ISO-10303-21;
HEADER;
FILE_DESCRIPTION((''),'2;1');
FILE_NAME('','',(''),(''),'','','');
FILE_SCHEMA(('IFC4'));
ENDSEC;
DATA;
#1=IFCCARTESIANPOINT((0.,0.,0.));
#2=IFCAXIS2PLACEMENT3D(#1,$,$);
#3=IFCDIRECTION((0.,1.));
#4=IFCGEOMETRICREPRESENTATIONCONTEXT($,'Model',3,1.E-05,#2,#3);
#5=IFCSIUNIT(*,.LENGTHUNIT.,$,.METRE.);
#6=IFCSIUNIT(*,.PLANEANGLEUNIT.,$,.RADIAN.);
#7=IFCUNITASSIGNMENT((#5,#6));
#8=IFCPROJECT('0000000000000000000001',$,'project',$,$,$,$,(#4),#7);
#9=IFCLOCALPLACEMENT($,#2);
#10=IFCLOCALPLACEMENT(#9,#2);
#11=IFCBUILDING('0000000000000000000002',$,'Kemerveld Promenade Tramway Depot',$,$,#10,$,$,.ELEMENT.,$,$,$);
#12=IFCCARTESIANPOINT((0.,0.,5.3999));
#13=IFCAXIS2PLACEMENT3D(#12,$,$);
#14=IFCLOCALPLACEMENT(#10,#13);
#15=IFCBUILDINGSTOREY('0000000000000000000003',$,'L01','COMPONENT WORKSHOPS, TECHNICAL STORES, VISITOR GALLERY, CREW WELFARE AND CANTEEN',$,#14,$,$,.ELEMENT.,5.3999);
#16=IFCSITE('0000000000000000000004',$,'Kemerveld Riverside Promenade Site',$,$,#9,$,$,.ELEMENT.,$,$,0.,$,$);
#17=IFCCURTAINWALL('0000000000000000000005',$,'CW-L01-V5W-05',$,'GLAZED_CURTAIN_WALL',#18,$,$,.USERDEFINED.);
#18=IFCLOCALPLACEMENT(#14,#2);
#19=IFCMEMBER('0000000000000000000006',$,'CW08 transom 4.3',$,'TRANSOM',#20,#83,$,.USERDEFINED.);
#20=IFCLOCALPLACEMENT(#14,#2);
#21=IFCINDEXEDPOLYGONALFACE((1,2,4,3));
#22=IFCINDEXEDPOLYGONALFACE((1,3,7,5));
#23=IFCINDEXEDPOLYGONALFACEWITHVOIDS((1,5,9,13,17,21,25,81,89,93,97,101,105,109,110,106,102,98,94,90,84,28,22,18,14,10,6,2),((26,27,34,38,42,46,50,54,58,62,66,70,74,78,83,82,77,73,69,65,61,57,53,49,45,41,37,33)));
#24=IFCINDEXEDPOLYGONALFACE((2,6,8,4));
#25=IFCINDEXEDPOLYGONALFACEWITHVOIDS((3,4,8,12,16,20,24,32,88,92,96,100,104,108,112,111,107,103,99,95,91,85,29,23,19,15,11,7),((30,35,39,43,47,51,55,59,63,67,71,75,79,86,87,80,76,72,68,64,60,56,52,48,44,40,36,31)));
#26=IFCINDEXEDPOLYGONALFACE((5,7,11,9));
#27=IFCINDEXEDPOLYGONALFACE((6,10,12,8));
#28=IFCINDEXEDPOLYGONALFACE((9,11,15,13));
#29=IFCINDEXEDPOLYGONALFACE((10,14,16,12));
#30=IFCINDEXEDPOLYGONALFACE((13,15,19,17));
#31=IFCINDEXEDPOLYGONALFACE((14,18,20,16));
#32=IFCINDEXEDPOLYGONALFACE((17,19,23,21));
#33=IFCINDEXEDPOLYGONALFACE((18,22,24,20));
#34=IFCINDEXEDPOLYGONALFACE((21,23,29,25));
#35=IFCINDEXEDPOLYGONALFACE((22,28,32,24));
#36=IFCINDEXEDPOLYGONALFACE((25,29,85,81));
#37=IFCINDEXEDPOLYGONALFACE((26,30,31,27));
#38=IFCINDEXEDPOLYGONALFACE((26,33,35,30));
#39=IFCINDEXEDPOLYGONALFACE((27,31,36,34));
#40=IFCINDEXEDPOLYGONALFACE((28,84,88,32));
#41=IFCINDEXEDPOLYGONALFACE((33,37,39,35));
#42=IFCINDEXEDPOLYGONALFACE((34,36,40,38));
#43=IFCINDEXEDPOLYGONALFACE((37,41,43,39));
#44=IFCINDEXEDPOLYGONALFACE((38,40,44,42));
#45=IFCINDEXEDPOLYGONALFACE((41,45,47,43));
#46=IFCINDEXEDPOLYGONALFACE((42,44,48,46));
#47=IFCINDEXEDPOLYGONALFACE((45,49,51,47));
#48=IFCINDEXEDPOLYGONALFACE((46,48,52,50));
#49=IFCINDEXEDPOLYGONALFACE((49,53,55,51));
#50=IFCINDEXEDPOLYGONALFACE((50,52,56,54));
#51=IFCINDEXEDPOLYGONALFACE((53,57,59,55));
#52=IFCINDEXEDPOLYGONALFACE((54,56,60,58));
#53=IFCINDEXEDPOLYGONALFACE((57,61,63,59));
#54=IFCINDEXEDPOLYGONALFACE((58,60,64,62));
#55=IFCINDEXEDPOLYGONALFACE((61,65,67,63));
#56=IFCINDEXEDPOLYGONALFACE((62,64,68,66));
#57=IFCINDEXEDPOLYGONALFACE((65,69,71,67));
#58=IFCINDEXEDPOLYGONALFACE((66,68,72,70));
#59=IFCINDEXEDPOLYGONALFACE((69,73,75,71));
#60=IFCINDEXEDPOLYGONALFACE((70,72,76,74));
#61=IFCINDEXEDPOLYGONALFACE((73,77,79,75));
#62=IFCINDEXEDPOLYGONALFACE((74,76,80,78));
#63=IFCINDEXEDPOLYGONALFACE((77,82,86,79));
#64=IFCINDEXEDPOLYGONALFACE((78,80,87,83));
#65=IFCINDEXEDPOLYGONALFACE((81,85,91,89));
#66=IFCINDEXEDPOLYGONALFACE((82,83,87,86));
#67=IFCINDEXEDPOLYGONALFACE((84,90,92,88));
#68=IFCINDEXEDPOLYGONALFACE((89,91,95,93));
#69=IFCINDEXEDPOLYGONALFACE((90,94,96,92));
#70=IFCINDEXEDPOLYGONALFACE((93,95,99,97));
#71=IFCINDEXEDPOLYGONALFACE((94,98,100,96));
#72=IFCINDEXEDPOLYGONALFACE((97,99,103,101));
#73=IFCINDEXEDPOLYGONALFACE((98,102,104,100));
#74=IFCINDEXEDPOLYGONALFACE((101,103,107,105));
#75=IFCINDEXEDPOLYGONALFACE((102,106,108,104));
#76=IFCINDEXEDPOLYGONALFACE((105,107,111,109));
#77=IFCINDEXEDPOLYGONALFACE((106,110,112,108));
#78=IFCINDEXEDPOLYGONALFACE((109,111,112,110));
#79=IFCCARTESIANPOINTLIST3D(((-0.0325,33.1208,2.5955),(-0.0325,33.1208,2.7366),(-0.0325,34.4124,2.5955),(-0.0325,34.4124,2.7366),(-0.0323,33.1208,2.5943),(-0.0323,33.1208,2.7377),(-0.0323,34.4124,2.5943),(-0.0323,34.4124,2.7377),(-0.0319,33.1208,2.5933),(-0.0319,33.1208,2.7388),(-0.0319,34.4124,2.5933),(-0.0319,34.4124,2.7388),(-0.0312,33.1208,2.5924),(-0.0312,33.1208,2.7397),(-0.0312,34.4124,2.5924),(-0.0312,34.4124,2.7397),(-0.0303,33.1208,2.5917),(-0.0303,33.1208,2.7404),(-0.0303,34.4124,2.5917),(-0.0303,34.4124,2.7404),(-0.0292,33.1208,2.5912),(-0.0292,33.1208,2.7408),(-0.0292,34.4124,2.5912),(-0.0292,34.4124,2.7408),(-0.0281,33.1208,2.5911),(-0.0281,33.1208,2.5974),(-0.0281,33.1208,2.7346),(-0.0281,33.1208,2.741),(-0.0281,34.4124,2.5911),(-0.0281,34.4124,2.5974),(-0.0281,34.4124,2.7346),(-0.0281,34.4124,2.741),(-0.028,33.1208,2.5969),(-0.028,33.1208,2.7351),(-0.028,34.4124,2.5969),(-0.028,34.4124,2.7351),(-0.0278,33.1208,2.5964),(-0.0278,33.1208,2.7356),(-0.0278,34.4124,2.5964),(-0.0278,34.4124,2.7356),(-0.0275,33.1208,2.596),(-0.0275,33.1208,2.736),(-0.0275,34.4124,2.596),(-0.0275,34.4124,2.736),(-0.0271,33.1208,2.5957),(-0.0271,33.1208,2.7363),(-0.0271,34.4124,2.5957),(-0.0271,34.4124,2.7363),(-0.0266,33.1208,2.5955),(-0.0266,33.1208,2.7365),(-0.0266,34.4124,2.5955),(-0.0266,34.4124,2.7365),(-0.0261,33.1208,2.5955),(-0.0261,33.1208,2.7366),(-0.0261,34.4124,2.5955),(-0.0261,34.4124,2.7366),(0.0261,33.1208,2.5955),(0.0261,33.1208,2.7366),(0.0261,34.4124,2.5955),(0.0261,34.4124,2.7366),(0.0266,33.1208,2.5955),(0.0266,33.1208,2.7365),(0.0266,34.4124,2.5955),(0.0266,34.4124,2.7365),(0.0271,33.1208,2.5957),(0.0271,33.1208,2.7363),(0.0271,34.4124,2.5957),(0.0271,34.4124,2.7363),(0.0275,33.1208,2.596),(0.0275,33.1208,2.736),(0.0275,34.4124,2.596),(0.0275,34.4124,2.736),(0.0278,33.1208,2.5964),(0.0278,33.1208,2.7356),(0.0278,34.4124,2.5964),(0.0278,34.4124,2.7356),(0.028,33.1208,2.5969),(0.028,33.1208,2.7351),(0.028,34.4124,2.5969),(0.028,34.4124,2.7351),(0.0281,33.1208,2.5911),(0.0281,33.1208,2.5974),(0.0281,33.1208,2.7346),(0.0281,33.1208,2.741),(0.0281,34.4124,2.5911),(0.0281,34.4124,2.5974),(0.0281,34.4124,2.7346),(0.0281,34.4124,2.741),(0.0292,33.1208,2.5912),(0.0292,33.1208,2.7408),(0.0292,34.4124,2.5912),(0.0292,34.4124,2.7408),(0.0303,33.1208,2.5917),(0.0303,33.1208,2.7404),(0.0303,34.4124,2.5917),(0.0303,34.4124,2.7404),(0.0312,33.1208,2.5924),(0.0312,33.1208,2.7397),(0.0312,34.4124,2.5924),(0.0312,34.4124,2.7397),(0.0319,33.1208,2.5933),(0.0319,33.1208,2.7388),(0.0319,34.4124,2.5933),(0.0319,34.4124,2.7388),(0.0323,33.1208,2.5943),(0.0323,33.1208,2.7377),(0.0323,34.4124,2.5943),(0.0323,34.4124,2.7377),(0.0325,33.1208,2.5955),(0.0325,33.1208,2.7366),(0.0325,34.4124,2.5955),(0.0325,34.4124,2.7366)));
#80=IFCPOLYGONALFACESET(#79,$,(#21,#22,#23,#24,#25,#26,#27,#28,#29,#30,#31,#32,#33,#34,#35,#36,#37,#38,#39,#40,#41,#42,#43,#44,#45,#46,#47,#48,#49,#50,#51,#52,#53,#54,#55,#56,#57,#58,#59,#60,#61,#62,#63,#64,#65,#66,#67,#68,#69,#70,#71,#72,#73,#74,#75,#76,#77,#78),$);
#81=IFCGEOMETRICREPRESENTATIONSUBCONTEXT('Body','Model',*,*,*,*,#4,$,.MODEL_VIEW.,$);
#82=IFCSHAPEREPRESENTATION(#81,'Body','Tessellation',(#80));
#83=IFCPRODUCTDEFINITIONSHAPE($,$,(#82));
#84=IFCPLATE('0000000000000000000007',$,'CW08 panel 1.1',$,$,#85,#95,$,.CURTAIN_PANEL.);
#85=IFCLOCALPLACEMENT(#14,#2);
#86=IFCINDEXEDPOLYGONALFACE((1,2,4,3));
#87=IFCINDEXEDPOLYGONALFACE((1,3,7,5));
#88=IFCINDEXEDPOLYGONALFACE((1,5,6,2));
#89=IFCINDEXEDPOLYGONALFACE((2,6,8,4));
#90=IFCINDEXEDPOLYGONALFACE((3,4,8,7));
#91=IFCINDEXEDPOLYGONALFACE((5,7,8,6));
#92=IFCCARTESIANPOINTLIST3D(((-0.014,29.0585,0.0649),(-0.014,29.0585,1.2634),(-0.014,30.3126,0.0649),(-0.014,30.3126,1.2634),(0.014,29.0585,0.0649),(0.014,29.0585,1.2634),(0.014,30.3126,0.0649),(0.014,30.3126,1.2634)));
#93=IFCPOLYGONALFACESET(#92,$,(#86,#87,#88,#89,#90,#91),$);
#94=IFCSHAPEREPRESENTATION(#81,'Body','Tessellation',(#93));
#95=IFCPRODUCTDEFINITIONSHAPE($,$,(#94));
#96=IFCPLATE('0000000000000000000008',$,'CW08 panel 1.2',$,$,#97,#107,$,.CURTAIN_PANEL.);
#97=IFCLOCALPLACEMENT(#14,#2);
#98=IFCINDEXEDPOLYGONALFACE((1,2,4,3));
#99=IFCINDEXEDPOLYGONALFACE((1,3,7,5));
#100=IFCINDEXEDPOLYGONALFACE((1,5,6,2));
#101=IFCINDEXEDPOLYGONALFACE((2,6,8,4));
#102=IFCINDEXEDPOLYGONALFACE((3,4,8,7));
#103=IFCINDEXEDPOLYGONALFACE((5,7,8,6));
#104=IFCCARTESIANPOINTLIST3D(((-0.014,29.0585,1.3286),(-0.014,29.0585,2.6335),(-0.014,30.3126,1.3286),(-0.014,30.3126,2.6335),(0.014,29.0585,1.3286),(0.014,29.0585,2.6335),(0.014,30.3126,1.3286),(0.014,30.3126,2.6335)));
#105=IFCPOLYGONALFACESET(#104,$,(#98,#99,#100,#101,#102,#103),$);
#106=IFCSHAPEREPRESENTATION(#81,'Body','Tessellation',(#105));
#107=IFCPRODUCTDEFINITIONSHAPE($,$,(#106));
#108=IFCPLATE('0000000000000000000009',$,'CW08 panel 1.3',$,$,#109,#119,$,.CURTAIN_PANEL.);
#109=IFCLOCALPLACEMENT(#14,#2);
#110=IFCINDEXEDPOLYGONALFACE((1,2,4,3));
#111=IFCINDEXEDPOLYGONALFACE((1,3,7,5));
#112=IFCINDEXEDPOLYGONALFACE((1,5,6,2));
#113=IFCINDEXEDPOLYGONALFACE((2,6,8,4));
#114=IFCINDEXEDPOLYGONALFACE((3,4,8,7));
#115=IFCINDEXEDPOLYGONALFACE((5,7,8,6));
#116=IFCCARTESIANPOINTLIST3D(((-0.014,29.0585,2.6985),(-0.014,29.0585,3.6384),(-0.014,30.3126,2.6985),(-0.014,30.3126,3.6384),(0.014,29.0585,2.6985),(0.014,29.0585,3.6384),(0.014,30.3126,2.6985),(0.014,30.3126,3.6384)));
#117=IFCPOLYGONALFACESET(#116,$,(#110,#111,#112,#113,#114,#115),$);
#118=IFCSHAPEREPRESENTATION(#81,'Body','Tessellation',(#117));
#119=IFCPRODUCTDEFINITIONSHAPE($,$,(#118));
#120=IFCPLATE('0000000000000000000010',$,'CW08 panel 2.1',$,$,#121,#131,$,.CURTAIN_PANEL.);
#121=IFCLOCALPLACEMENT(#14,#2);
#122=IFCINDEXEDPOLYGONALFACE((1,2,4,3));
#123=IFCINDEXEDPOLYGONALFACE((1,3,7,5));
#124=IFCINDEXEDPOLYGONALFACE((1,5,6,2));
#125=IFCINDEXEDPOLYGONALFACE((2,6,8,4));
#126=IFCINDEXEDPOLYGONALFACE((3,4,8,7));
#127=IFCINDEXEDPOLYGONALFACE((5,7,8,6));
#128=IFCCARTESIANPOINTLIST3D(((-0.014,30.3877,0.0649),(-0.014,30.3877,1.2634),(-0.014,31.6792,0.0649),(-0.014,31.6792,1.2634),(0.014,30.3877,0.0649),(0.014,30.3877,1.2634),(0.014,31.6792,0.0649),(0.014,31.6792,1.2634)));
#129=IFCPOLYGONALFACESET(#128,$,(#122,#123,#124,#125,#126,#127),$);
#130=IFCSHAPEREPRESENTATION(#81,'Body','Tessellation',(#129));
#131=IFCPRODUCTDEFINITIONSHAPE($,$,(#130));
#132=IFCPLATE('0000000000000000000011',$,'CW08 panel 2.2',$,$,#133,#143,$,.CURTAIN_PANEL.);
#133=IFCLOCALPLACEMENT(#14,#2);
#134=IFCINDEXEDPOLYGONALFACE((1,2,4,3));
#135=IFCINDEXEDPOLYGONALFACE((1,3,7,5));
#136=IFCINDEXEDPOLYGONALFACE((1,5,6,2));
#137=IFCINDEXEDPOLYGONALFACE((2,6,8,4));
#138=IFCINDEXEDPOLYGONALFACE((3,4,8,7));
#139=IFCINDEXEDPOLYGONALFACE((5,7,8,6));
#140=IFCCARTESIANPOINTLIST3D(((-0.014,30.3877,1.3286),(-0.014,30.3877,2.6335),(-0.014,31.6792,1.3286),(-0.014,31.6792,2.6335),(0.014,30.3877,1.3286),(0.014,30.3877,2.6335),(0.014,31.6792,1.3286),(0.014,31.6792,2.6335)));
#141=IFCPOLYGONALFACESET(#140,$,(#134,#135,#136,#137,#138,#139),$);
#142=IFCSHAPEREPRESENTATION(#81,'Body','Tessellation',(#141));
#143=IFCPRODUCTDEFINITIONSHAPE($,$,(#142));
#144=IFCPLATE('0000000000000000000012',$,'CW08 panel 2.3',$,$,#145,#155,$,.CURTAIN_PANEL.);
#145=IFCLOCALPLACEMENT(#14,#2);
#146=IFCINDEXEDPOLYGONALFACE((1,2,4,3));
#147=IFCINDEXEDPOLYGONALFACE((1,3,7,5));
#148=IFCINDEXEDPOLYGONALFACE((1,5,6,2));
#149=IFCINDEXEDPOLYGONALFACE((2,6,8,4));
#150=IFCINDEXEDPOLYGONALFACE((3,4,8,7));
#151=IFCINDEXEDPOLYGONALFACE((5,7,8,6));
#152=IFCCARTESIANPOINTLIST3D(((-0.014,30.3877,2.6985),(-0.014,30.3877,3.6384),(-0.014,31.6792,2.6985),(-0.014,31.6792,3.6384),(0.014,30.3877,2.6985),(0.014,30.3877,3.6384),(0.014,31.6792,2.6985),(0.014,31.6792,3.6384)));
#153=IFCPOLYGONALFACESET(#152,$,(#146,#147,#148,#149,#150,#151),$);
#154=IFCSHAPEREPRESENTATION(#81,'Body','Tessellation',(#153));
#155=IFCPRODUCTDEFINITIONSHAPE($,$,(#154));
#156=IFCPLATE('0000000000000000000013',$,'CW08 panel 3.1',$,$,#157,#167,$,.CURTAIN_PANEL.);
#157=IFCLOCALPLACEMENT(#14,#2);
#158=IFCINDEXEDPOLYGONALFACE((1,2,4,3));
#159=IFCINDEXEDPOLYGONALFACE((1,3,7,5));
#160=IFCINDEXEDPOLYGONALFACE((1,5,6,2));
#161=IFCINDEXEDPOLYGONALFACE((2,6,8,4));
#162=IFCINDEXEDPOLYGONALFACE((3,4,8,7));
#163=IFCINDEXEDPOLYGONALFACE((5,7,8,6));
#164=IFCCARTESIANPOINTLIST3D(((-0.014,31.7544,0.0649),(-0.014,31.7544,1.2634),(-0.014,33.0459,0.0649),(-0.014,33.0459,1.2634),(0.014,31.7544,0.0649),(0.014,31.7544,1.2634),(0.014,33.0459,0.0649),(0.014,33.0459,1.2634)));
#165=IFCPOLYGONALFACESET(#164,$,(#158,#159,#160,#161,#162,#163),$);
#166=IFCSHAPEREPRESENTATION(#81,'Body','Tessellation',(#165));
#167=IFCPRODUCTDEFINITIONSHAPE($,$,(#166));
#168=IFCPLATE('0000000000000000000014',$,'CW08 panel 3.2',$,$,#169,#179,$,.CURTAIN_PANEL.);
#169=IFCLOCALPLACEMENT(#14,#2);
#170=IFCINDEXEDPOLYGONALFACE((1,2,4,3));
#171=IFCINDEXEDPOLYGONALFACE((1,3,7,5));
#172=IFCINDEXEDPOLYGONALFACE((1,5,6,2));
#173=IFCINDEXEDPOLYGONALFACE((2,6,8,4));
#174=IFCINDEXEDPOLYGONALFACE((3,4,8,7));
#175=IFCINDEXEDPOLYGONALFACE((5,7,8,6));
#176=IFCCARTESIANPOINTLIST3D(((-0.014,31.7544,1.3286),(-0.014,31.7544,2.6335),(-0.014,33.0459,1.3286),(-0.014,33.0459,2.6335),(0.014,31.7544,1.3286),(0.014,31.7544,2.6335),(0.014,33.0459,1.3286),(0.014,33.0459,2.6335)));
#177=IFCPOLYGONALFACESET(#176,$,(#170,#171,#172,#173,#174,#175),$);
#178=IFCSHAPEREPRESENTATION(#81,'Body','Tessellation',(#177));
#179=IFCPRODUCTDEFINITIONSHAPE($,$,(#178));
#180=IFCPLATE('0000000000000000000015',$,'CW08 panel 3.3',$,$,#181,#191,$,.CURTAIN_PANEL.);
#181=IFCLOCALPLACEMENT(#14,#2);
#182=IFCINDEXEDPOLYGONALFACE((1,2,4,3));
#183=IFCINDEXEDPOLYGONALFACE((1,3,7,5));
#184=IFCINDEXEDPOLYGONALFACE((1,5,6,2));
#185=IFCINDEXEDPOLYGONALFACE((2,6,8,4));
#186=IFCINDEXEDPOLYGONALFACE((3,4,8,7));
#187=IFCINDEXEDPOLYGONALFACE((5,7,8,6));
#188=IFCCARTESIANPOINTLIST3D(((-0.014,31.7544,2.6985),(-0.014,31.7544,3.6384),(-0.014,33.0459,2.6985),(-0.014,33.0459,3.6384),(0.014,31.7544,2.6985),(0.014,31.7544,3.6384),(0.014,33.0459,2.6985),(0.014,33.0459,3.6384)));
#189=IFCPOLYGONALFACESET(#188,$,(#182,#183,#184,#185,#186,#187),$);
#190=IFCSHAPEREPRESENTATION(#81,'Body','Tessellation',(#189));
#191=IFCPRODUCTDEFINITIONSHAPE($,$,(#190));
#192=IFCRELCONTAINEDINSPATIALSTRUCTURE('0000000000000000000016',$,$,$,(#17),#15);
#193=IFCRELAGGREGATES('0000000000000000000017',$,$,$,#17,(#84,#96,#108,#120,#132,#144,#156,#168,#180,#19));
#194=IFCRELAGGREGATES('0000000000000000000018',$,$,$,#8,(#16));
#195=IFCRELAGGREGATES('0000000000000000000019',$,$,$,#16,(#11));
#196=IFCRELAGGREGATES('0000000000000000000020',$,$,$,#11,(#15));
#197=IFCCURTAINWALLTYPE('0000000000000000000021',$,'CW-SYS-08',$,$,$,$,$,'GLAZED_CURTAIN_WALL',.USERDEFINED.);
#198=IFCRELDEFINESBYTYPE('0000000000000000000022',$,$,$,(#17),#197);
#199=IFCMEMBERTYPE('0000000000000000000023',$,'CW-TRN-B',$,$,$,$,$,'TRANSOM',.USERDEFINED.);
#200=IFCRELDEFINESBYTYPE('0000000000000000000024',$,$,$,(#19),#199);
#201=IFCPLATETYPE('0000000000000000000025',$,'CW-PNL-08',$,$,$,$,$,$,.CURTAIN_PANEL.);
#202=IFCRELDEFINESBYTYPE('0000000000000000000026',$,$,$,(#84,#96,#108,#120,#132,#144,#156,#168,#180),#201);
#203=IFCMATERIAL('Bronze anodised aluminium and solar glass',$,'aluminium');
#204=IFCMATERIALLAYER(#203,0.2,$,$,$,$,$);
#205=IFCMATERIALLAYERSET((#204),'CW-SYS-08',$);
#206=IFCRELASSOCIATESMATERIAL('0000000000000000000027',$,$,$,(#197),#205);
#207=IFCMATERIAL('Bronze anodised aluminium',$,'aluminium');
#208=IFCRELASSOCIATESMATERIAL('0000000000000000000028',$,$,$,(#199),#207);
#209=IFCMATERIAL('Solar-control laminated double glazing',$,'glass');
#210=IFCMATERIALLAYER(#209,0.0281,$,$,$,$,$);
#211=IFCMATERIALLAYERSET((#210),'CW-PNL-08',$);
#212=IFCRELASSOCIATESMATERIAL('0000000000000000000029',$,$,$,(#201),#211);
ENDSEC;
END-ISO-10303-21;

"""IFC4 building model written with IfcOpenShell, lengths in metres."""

from ifc_helpers import new_model, si_unit, direction, frame, origin, origin_2d, place, context, subcontext, project, spatial, rectangle, hollow_rectangle, extrude, material, layer, layer_set, material_profile, profile_set, type_object, element, aggregate, save


model = new_model("IFC4")

# Units and contexts
model_context = context("Model", 3, precision=1e-05, world=origin(), true_north=direction((0.0, 1.0)))
body_context = subcontext(model_context, "Body", "Model", "MODEL_VIEW")
ifc_project = project(units=[si_unit("LENGTHUNIT", "METRE"), si_unit("PLANEANGLEUNIT", "RADIAN")], contexts=[model_context])

# Site, building, storey
site_placement = place(None, origin())
site = spatial("IfcSite", under=ifc_project, at=site_placement, Name="Kemerveld Riverside Promenade Site", CompositionType="ELEMENT", RefElevation=0.0)
building_placement = place(site_placement, origin())
building = spatial("IfcBuilding", under=site, at=building_placement, Name="Kemerveld Promenade Tramway Depot", CompositionType="ELEMENT")
storey_placement = place(building_placement, frame((0.0, 0.0, 5.3999)))
storey = spatial("IfcBuildingStorey", under=building, at=storey_placement, Name="L01", Description="COMPONENT WORKSHOPS, TECHNICAL STORES, VISITOR GALLERY, CREW WELFARE AND CANTEEN", CompositionType="ELEMENT", Elevation=5.3999)

# Curtain wall, member, plates
ifc_material_1 = material(Name="Bronze anodised aluminium and solar glass", Category="aluminium")
ifc_layer_1 = layer(ifc_material_1, 0.2)
ifc_layer_set_1 = layer_set([ifc_layer_1], Name="CW-SYS-08")
curtain_wall_type = type_object("IfcCurtainWallType", Name="CW-SYS-08", ElementType="GLAZED_CURTAIN_WALL", PredefinedType="USERDEFINED", material=ifc_layer_set_1)
curtain_wall_placement = place(storey_placement, origin())
curtain_wall = element("IfcCurtainWall", 1, at=curtain_wall_placement, inside=storey, type_object=curtain_wall_type, Name="CW-L01-V5W-05", ObjectType="GLAZED_CURTAIN_WALL", PredefinedType="USERDEFINED")
ifc_material_2 = material(Name="Bronze anodised aluminium", Category="aluminium")
ifc_material_profile_1 = material_profile(ifc_material_2, hollow_rectangle(XDim=0.0649, YDim=0.1499, WallThickness=0.0044, InnerFilletRadius=0.002, OuterFilletRadius=0.0044, at=origin_2d()), Name="CW-TRN-150x65")
ifc_profile_set_1 = profile_set([ifc_material_profile_1], Name="Bronze anodised aluminium")
member_type_1 = type_object("IfcMemberType", Name="CW-TRN-B", ElementType="TRANSOM", PredefinedType="USERDEFINED", material=ifc_profile_set_1)
member_1_placement = place(storey_placement, frame((0.0, 33.1208, 2.666), z_axis=(0.0, 1.0, 0.0), x_axis=(-1.0, 0.0, 0.0)))
member_1 = element("IfcMember", 2, at=member_1_placement, type_object=member_type_1, Name="CW08 transom 4.3", ObjectType="TRANSOM", PredefinedType="USERDEFINED", context=body_context, shape_type="SweptSolid", body=[
    extrude(hollow_rectangle(XDim=0.0649, YDim=0.1499, WallThickness=0.0044, InnerFilletRadius=0.002, OuterFilletRadius=0.0044, at=origin_2d()), origin(), (0.0, 0.0, 1.0), 1.2915),
])
ifc_material_3 = material(Name="Solar-control laminated double glazing", Category="glass")
ifc_layer_2 = layer(ifc_material_3, 0.0281)
ifc_layer_set_2 = layer_set([ifc_layer_2], Name="CW-PNL-08")
plate_type = type_object("IfcPlateType", Name="CW-PNL-08", PredefinedType="CURTAIN_PANEL", material=ifc_layer_set_2)
plate_1_placement = place(storey_placement, frame((0.0, 29.6855, 0.0649), z_axis=(0.0, 0.0, 1.0), x_axis=(0.0, 1.0, 0.0)))
plate_1 = element("IfcPlate", 3, at=plate_1_placement, type_object=plate_type, Name="CW08 panel 1.1", PredefinedType="CURTAIN_PANEL", context=body_context, shape_type="SweptSolid", body=[
    extrude(rectangle(XDim=1.2542, YDim=0.0281, at=origin_2d()), origin(), (0.0, 0.0, 1.0), 1.1985),
])
plate_2_placement = place(storey_placement, frame((0.0, 29.6855, 1.3286), z_axis=(0.0, 0.0, 1.0), x_axis=(0.0, 1.0, 0.0)))
plate_2 = element("IfcPlate", 4, at=plate_2_placement, type_object=plate_type, Name="CW08 panel 1.2", PredefinedType="CURTAIN_PANEL", context=body_context, shape_type="SweptSolid", body=[
    extrude(rectangle(XDim=1.2542, YDim=0.0281, at=origin_2d()), origin(), (0.0, 0.0, 1.0), 1.3049),
])
plate_3_placement = place(storey_placement, frame((0.0, 29.6855, 2.6985), z_axis=(0.0, 0.0, 1.0), x_axis=(0.0, 1.0, 0.0)))
plate_3 = element("IfcPlate", 5, at=plate_3_placement, type_object=plate_type, Name="CW08 panel 1.3", PredefinedType="CURTAIN_PANEL", context=body_context, shape_type="SweptSolid", body=[
    extrude(rectangle(XDim=1.2542, YDim=0.0281, at=origin_2d()), origin(), (0.0, 0.0, 1.0), 0.9399),
])
plate_4_placement = place(storey_placement, frame((0.0, 31.0334, 0.0649), z_axis=(0.0, 0.0, 1.0), x_axis=(0.0, 1.0, 0.0)))
plate_4 = element("IfcPlate", 6, at=plate_4_placement, type_object=plate_type, Name="CW08 panel 2.1", PredefinedType="CURTAIN_PANEL", context=body_context, shape_type="SweptSolid", body=[
    extrude(rectangle(XDim=1.2915, YDim=0.0281, at=origin_2d()), origin(), (0.0, 0.0, 1.0), 1.1985),
])
plate_5_placement = place(storey_placement, frame((0.0, 31.0334, 1.3286), z_axis=(0.0, 0.0, 1.0), x_axis=(0.0, 1.0, 0.0)))
plate_5 = element("IfcPlate", 7, at=plate_5_placement, type_object=plate_type, Name="CW08 panel 2.2", PredefinedType="CURTAIN_PANEL", context=body_context, shape_type="SweptSolid", body=[
    extrude(rectangle(XDim=1.2915, YDim=0.0281, at=origin_2d()), origin(), (0.0, 0.0, 1.0), 1.3049),
])
plate_6_placement = place(storey_placement, frame((0.0, 31.0334, 2.6985), z_axis=(0.0, 0.0, 1.0), x_axis=(0.0, 1.0, 0.0)))
plate_6 = element("IfcPlate", 8, at=plate_6_placement, type_object=plate_type, Name="CW08 panel 2.3", PredefinedType="CURTAIN_PANEL", context=body_context, shape_type="SweptSolid", body=[
    extrude(rectangle(XDim=1.2915, YDim=0.0281, at=origin_2d()), origin(), (0.0, 0.0, 1.0), 0.9399),
])
plate_7_placement = place(storey_placement, frame((0.0, 32.4001, 0.0649), z_axis=(0.0, 0.0, 1.0), x_axis=(0.0, 1.0, 0.0)))
plate_7 = element("IfcPlate", 9, at=plate_7_placement, type_object=plate_type, Name="CW08 panel 3.1", PredefinedType="CURTAIN_PANEL", context=body_context, shape_type="SweptSolid", body=[
    extrude(rectangle(XDim=1.2915, YDim=0.0281, at=origin_2d()), origin(), (0.0, 0.0, 1.0), 1.1985),
])
plate_8_placement = place(storey_placement, frame((0.0, 32.4001, 1.3286), z_axis=(0.0, 0.0, 1.0), x_axis=(0.0, 1.0, 0.0)))
plate_8 = element("IfcPlate", 10, at=plate_8_placement, type_object=plate_type, Name="CW08 panel 3.2", PredefinedType="CURTAIN_PANEL", context=body_context, shape_type="SweptSolid", body=[
    extrude(rectangle(XDim=1.2915, YDim=0.0281, at=origin_2d()), origin(), (0.0, 0.0, 1.0), 1.3049),
])
plate_9_placement = place(storey_placement, frame((0.0, 32.4001, 2.6985), z_axis=(0.0, 0.0, 1.0), x_axis=(0.0, 1.0, 0.0)))
plate_9 = element("IfcPlate", 11, at=plate_9_placement, type_object=plate_type, Name="CW08 panel 3.3", PredefinedType="CURTAIN_PANEL", context=body_context, shape_type="SweptSolid", body=[
    extrude(rectangle(XDim=1.2915, YDim=0.0281, at=origin_2d()), origin(), (0.0, 0.0, 1.0), 0.9399),
])
aggregate(curtain_wall, [plate_1, plate_2, plate_3, plate_4, plate_5, plate_6, plate_7, plate_8, plate_9, member_1])

save(model, "model.ifc")
